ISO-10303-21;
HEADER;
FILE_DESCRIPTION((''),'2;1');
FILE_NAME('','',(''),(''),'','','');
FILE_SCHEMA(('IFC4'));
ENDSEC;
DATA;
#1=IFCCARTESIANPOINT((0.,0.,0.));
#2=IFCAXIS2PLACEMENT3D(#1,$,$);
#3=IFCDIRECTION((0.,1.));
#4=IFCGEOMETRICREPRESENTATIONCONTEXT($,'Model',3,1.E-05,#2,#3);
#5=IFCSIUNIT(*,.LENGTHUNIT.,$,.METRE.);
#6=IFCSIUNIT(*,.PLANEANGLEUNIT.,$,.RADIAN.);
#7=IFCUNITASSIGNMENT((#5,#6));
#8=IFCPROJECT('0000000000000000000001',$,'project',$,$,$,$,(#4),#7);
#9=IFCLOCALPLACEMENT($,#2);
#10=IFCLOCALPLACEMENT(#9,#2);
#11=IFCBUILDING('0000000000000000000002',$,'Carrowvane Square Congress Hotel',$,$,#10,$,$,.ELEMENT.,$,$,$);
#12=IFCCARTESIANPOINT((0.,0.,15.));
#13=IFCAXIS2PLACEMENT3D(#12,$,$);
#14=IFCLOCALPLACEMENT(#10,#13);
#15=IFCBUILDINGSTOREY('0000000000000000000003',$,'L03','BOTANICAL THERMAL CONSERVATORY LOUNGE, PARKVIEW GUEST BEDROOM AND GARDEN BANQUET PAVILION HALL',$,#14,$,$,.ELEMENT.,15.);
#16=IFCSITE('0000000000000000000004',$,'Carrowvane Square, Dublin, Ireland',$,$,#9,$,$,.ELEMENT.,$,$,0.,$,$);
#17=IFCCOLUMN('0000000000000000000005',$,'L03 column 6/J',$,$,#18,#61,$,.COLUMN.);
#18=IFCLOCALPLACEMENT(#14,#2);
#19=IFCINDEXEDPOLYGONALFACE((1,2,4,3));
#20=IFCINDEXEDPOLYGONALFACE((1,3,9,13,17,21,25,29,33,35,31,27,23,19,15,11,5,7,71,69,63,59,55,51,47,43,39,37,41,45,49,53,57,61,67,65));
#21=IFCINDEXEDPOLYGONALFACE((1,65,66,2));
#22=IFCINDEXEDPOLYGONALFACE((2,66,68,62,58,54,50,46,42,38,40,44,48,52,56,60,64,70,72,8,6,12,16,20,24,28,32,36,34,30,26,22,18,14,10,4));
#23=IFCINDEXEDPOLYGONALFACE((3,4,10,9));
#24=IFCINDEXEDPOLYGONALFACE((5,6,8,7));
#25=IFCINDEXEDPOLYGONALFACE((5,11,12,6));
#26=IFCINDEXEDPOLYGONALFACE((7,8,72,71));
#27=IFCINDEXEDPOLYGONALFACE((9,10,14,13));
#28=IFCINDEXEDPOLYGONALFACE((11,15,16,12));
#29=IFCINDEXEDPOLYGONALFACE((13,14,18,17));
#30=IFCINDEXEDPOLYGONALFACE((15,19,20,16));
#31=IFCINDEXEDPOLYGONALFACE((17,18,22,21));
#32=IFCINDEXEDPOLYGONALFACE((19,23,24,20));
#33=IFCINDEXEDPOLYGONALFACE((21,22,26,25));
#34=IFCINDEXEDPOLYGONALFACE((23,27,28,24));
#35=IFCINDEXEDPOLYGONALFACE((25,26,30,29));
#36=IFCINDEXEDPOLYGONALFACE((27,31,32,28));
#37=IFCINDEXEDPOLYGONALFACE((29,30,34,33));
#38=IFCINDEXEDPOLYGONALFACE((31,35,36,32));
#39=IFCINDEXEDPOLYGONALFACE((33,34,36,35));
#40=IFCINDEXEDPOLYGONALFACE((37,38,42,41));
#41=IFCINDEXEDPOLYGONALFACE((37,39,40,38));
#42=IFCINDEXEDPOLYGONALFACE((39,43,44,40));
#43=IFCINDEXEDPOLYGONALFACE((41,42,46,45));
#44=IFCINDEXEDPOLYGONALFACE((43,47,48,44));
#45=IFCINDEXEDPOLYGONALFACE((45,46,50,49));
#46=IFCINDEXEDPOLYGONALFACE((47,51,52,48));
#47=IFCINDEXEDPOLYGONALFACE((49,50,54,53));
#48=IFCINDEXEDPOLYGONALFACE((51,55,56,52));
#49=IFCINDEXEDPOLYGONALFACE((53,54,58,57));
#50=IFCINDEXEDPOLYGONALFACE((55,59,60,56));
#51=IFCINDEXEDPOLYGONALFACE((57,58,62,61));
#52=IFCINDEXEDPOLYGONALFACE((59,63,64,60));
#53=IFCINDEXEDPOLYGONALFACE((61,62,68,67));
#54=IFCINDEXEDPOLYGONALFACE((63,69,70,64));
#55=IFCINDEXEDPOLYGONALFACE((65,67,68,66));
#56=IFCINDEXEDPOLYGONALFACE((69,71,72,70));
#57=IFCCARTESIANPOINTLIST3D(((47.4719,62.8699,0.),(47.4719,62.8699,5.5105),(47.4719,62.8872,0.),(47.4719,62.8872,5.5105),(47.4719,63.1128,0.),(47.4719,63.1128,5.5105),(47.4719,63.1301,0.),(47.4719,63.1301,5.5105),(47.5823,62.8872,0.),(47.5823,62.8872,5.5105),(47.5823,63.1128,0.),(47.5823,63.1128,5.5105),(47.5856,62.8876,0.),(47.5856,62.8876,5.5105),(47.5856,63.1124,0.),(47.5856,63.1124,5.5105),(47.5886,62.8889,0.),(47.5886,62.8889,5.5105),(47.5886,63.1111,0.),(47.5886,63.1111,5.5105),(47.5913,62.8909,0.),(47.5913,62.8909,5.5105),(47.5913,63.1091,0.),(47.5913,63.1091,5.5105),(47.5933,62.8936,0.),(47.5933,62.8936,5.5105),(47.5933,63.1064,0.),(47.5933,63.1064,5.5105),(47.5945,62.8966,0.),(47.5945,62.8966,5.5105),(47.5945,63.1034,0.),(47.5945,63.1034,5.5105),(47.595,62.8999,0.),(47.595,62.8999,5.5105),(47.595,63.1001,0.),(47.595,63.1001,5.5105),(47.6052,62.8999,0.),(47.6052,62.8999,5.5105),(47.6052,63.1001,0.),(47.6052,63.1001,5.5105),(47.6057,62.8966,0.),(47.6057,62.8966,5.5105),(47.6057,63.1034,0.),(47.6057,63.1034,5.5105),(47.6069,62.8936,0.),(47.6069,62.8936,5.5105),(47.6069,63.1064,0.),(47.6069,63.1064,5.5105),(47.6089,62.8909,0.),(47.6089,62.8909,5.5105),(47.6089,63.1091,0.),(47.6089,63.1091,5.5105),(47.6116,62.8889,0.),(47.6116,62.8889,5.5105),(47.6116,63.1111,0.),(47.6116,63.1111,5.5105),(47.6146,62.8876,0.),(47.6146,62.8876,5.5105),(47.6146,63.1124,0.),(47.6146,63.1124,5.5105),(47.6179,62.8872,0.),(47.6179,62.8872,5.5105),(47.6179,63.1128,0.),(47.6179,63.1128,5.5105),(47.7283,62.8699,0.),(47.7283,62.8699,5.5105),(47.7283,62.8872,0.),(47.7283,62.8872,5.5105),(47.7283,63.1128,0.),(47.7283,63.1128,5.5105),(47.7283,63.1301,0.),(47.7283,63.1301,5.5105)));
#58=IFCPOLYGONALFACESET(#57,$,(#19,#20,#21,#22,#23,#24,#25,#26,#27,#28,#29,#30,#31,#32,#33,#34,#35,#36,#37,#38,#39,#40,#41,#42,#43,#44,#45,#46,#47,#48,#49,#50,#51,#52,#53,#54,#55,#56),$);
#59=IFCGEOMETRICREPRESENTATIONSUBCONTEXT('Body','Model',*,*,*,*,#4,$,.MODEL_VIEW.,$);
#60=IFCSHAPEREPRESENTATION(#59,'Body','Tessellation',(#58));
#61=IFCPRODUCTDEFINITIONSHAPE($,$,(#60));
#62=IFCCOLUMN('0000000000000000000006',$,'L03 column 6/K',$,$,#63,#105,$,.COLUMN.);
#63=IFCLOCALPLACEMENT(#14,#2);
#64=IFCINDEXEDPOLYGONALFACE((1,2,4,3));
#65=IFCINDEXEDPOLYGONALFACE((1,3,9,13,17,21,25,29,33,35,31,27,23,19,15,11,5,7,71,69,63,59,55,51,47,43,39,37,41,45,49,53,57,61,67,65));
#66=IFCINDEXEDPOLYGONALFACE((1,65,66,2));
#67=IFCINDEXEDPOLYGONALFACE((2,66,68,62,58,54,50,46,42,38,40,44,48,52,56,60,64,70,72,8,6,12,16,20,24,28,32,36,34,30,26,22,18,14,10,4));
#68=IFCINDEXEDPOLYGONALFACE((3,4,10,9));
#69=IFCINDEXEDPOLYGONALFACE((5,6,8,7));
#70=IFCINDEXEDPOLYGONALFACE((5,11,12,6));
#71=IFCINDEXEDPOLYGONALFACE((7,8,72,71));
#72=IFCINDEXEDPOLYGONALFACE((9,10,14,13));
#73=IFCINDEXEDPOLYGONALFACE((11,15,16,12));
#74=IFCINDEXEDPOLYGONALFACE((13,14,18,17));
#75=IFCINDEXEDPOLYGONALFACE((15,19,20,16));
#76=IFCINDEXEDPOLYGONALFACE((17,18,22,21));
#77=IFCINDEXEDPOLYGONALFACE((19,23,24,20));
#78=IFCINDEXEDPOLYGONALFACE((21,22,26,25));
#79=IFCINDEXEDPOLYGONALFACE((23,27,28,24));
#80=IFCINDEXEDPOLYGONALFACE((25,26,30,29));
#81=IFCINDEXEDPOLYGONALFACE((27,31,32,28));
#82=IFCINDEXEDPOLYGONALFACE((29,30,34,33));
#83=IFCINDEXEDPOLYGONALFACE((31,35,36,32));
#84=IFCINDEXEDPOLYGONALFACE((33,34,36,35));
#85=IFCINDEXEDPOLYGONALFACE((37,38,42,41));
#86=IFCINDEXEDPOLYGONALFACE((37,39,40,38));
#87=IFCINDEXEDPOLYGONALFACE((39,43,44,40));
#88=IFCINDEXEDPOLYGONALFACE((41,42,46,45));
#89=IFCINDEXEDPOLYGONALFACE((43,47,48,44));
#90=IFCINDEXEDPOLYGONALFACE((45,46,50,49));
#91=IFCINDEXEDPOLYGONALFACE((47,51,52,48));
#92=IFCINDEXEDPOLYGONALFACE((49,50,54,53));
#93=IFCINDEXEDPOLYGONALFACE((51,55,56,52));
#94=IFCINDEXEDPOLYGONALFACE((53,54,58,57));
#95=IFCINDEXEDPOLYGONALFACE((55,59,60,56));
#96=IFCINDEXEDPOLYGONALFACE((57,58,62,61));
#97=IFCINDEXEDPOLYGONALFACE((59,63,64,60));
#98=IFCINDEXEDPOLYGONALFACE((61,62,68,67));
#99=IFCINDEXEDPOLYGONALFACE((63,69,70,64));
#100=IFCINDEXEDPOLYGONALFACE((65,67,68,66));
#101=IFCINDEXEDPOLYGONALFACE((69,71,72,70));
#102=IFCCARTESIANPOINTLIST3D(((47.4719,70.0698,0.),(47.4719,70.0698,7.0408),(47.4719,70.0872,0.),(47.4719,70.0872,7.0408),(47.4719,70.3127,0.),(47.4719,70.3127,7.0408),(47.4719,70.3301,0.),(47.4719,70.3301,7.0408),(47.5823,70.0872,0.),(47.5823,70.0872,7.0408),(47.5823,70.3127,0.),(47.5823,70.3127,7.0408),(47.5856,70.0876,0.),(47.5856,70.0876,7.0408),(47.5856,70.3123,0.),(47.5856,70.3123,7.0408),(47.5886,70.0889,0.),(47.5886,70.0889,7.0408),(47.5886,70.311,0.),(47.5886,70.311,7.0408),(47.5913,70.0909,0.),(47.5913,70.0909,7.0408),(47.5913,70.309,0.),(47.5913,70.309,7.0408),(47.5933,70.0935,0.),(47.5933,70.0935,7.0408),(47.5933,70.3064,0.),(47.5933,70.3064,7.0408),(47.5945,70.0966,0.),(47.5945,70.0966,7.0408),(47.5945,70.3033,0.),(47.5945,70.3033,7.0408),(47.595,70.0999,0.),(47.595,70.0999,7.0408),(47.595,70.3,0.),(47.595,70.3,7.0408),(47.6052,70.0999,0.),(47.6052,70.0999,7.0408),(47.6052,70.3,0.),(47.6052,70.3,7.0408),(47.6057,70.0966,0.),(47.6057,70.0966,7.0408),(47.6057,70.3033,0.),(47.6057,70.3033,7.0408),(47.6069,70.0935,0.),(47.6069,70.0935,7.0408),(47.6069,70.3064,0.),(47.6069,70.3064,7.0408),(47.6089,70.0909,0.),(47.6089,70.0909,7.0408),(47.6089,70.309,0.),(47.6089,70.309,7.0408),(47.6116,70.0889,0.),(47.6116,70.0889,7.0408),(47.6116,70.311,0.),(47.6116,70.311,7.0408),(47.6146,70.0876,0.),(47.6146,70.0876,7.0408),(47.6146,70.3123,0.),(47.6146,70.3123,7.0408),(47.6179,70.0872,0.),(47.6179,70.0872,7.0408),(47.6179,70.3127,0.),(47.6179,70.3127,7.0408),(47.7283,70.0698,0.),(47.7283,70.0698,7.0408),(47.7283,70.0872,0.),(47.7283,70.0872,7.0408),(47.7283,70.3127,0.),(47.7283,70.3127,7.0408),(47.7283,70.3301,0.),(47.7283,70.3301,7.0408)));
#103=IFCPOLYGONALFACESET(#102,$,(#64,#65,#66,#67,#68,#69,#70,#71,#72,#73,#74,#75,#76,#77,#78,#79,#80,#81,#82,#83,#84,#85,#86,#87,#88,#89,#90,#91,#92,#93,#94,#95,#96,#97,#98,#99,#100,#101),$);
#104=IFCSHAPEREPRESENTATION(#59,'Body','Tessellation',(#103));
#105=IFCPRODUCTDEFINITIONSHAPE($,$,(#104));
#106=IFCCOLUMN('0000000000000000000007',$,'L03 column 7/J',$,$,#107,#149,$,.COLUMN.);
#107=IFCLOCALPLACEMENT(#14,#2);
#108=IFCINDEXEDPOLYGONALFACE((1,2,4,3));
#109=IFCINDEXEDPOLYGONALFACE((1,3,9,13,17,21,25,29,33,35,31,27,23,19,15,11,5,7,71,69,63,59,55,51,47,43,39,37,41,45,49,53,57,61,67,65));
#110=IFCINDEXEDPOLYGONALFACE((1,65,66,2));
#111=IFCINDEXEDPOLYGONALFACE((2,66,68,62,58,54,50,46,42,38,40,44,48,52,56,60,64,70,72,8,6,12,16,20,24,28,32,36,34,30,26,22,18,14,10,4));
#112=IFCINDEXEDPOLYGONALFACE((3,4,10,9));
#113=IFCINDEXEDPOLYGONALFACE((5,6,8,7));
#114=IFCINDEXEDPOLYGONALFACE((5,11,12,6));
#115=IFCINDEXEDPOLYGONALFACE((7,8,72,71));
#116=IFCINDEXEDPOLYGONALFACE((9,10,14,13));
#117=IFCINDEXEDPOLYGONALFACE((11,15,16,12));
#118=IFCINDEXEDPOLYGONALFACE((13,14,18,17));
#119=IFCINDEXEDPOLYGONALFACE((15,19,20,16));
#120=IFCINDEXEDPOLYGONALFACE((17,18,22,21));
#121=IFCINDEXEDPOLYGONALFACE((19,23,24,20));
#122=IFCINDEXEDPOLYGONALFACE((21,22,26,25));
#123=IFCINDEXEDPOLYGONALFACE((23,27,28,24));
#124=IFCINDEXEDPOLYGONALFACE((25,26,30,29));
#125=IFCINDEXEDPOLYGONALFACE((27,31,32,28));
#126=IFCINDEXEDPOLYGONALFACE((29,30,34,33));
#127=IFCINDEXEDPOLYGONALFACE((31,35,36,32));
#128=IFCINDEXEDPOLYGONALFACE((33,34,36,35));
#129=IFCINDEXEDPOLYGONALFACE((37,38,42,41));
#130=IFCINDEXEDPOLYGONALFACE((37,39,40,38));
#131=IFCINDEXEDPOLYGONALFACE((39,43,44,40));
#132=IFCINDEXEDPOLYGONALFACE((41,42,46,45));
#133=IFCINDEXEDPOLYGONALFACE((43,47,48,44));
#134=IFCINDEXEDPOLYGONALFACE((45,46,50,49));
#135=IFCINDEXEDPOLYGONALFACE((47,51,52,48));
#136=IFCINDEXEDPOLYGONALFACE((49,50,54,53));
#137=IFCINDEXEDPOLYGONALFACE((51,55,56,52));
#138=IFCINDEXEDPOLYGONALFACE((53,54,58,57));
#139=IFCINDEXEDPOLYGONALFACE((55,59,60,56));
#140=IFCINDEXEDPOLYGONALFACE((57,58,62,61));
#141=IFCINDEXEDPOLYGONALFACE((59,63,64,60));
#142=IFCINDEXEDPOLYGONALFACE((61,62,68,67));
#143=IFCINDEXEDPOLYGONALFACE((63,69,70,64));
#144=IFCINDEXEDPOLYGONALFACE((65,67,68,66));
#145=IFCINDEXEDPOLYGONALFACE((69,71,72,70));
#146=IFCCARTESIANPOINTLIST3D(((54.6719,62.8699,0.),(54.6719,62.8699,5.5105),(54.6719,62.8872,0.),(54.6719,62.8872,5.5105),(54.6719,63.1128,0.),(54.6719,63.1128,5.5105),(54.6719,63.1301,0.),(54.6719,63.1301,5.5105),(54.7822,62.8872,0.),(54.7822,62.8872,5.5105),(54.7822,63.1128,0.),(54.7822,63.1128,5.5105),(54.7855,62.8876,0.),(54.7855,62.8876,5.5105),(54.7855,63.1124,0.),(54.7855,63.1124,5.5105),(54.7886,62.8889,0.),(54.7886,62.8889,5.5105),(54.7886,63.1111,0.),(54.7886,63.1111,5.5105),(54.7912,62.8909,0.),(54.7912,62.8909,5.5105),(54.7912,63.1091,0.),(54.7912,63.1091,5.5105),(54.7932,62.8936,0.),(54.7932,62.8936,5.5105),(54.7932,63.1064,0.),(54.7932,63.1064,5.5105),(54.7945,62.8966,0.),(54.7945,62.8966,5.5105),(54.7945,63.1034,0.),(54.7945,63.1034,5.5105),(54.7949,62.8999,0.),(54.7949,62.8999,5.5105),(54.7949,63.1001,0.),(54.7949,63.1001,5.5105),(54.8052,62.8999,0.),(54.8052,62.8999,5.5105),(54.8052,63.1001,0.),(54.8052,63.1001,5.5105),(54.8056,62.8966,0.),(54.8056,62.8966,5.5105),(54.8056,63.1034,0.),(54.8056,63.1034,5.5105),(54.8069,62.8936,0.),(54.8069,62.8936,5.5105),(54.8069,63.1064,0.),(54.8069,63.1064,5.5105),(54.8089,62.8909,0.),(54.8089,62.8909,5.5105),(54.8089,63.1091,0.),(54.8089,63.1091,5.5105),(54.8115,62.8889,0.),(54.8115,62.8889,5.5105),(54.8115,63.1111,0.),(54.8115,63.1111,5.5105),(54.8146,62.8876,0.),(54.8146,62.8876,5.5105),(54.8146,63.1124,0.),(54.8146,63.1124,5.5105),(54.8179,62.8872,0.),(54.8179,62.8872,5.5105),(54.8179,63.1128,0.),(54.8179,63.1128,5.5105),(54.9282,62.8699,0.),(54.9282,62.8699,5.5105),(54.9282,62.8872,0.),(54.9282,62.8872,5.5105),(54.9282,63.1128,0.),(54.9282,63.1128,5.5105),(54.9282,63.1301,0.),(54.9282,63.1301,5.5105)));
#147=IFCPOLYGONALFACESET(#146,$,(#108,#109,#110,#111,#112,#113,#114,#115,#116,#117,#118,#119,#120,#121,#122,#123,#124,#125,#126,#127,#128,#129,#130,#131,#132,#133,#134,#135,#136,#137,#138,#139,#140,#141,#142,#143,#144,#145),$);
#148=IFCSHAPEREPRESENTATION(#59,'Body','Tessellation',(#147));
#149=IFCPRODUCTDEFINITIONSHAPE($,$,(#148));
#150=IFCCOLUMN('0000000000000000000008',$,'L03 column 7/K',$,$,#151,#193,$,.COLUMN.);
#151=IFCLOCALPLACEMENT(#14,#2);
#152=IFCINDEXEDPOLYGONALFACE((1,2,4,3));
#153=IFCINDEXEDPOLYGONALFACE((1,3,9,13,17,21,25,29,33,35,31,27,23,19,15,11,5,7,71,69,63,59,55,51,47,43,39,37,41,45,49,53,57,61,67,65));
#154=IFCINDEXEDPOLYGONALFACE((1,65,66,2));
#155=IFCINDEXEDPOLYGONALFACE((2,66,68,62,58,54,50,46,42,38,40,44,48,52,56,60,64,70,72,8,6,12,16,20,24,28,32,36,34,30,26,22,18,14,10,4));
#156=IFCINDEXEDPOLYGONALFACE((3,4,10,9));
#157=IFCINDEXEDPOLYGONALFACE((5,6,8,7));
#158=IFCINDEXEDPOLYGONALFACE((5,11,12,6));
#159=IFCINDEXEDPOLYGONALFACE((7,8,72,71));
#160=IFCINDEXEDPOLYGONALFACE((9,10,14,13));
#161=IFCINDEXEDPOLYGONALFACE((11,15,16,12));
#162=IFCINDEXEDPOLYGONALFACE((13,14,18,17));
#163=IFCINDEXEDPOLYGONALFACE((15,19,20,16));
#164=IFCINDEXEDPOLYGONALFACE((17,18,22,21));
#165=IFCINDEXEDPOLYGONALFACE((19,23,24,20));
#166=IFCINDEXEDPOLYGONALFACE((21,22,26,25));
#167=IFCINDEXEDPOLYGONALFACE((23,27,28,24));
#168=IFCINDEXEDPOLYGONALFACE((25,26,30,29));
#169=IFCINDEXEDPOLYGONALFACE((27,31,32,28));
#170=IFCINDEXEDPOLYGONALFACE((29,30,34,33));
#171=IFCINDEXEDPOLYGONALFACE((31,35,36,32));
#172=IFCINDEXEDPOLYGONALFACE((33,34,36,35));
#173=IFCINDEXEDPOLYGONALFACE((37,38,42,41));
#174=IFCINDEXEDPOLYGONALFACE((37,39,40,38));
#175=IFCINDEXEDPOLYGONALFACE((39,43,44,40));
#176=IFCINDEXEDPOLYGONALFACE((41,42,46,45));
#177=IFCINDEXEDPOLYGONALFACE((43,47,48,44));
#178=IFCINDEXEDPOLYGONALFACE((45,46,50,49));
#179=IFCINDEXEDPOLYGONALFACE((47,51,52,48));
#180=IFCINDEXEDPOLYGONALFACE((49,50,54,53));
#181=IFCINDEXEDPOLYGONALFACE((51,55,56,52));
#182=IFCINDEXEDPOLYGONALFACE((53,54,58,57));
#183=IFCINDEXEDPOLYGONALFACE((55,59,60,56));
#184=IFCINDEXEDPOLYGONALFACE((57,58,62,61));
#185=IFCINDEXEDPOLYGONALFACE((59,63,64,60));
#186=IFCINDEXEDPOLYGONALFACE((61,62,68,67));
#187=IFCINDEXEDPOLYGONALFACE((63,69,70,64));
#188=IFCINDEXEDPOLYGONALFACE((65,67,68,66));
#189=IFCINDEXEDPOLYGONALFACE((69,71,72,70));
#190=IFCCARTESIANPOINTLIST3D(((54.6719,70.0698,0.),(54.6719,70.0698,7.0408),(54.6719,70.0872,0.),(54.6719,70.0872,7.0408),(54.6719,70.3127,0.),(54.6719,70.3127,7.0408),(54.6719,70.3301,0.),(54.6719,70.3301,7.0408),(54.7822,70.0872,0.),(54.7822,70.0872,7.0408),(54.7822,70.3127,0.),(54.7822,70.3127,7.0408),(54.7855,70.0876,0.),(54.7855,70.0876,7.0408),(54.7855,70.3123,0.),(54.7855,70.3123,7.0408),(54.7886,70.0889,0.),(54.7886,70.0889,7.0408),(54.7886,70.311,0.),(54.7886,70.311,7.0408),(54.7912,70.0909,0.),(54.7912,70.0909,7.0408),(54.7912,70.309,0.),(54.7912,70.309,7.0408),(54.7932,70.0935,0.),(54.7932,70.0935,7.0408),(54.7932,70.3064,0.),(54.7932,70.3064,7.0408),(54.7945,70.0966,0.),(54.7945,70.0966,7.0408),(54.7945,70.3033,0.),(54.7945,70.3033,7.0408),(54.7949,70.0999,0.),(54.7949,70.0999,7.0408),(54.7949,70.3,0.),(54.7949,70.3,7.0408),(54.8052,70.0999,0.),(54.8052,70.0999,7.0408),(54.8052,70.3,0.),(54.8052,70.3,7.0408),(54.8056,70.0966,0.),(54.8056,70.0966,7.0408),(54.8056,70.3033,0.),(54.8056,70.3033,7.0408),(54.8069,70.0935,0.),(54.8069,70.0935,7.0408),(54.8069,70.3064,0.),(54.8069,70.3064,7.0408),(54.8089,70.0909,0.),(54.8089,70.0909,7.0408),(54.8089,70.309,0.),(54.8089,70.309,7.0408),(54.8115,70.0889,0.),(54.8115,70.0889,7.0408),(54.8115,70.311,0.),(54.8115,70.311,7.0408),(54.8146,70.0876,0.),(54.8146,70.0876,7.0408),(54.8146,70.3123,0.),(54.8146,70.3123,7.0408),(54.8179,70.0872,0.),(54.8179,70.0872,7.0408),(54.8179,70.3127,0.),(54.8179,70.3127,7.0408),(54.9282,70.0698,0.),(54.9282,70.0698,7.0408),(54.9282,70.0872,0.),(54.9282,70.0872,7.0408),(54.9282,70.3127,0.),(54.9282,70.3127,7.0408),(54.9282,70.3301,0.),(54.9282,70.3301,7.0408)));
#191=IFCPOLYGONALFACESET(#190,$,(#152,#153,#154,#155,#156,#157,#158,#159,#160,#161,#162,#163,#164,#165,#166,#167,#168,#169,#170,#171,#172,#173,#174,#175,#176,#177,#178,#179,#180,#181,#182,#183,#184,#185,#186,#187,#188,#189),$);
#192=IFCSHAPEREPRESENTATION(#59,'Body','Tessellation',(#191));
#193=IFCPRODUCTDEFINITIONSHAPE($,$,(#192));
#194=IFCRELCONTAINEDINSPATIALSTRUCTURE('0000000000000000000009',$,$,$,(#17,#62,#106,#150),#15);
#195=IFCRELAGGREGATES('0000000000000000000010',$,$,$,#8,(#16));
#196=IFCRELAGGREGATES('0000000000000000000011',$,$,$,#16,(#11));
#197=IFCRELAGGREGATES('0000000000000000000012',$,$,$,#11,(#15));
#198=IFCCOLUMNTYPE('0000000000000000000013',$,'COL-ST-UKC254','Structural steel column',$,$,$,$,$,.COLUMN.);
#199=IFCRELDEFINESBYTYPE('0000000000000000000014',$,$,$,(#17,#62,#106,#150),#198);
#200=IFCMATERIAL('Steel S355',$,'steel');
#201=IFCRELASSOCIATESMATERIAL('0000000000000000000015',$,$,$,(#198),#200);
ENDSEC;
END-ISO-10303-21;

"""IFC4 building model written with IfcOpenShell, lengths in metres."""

from ifc_helpers import new_model, si_unit, direction, frame, origin, origin_2d, place, context, subcontext, project, spatial, i_section, extrude, material, material_profile, profile_set, type_object, element, save


model = new_model("IFC4")

# Units and contexts
model_context = context("Model", 3, precision=1e-05, world=origin(), true_north=direction((0.0, 1.0)))
body_context = subcontext(model_context, "Body", "Model", "MODEL_VIEW")
ifc_project = project(units=[si_unit("LENGTHUNIT", "METRE"), si_unit("PLANEANGLEUNIT", "RADIAN")], contexts=[model_context])

# Site, building, storey
site_placement = place(None, origin())
site = spatial("IfcSite", under=ifc_project, at=site_placement, Name="Carrowvane Square, Dublin, Ireland", CompositionType="ELEMENT", RefElevation=0.0)
building_placement = place(site_placement, origin())
building = spatial("IfcBuilding", under=site, at=building_placement, Name="Carrowvane Square Congress Hotel", CompositionType="ELEMENT")
storey_placement = place(building_placement, frame((0.0, 0.0, 15.0)))
storey = spatial("IfcBuildingStorey", under=building, at=storey_placement, Name="L03", Description="BOTANICAL THERMAL CONSERVATORY LOUNGE, PARKVIEW GUEST BEDROOM AND GARDEN BANQUET PAVILION HALL", CompositionType="ELEMENT", Elevation=15.0)

# Columns
ifc_material_1 = material(Name="Steel S355", Category="steel")
ifc_material_profile_1 = material_profile(ifc_material_1, i_section(OverallWidth=0.2563, OverallDepth=0.2603, WebThickness=0.0103, FlangeThickness=0.0173, FilletRadius=0.0127, at=origin_2d()), Name="UKC 254x254x89")
ifc_profile_set_1 = profile_set([ifc_material_profile_1], Name="Steel S355")
column_type = type_object("IfcColumnType", Name="COL-ST-UKC254", Description="Structural steel column", PredefinedType="COLUMN", material=ifc_profile_set_1)
column_1_placement = place(storey_placement, frame((47.6001, 63.0, 0.0), z_axis=(0.0, 0.0, 1.0), x_axis=(1.0, 0.0, 0.0)))
element("IfcColumn", 1, at=column_1_placement, inside=storey, type_object=column_type, Name="L03 column 6/J", PredefinedType="COLUMN", context=body_context, shape_type="SweptSolid", body=[
    extrude(i_section(OverallWidth=0.2563, OverallDepth=0.2603, WebThickness=0.0103, FlangeThickness=0.0173, FilletRadius=0.0127, at=origin_2d()), origin(), (0.0, 0.0, 1.0), 5.5105),
])
column_2_placement = place(storey_placement, frame((47.6001, 70.2, 0.0), z_axis=(0.0, 0.0, 1.0), x_axis=(1.0, 0.0, 0.0)))
element("IfcColumn", 2, at=column_2_placement, inside=storey, type_object=column_type, Name="L03 column 6/K", PredefinedType="COLUMN", context=body_context, shape_type="SweptSolid", body=[
    extrude(i_section(OverallWidth=0.2563, OverallDepth=0.2603, WebThickness=0.0103, FlangeThickness=0.0173, FilletRadius=0.0127, at=origin_2d()), origin(), (0.0, 0.0, 1.0), 7.0408),
])
column_3_placement = place(storey_placement, frame((54.8, 63.0, 0.0), z_axis=(0.0, 0.0, 1.0), x_axis=(1.0, 0.0, 0.0)))
element("IfcColumn", 3, at=column_3_placement, inside=storey, type_object=column_type, Name="L03 column 7/J", PredefinedType="COLUMN", context=body_context, shape_type="SweptSolid", body=[
    extrude(i_section(OverallWidth=0.2563, OverallDepth=0.2603, WebThickness=0.0103, FlangeThickness=0.0173, FilletRadius=0.0127, at=origin_2d()), origin(), (0.0, 0.0, 1.0), 5.5105),
])
column_4_placement = place(storey_placement, frame((54.8, 70.2, 0.0), z_axis=(0.0, 0.0, 1.0), x_axis=(1.0, 0.0, 0.0)))
element("IfcColumn", 4, at=column_4_placement, inside=storey, type_object=column_type, Name="L03 column 7/K", PredefinedType="COLUMN", context=body_context, shape_type="SweptSolid", body=[
    extrude(i_section(OverallWidth=0.2563, OverallDepth=0.2603, WebThickness=0.0103, FlangeThickness=0.0173, FilletRadius=0.0127, at=origin_2d()), origin(), (0.0, 0.0, 1.0), 7.0408),
])

save(model, "model.ifc")
